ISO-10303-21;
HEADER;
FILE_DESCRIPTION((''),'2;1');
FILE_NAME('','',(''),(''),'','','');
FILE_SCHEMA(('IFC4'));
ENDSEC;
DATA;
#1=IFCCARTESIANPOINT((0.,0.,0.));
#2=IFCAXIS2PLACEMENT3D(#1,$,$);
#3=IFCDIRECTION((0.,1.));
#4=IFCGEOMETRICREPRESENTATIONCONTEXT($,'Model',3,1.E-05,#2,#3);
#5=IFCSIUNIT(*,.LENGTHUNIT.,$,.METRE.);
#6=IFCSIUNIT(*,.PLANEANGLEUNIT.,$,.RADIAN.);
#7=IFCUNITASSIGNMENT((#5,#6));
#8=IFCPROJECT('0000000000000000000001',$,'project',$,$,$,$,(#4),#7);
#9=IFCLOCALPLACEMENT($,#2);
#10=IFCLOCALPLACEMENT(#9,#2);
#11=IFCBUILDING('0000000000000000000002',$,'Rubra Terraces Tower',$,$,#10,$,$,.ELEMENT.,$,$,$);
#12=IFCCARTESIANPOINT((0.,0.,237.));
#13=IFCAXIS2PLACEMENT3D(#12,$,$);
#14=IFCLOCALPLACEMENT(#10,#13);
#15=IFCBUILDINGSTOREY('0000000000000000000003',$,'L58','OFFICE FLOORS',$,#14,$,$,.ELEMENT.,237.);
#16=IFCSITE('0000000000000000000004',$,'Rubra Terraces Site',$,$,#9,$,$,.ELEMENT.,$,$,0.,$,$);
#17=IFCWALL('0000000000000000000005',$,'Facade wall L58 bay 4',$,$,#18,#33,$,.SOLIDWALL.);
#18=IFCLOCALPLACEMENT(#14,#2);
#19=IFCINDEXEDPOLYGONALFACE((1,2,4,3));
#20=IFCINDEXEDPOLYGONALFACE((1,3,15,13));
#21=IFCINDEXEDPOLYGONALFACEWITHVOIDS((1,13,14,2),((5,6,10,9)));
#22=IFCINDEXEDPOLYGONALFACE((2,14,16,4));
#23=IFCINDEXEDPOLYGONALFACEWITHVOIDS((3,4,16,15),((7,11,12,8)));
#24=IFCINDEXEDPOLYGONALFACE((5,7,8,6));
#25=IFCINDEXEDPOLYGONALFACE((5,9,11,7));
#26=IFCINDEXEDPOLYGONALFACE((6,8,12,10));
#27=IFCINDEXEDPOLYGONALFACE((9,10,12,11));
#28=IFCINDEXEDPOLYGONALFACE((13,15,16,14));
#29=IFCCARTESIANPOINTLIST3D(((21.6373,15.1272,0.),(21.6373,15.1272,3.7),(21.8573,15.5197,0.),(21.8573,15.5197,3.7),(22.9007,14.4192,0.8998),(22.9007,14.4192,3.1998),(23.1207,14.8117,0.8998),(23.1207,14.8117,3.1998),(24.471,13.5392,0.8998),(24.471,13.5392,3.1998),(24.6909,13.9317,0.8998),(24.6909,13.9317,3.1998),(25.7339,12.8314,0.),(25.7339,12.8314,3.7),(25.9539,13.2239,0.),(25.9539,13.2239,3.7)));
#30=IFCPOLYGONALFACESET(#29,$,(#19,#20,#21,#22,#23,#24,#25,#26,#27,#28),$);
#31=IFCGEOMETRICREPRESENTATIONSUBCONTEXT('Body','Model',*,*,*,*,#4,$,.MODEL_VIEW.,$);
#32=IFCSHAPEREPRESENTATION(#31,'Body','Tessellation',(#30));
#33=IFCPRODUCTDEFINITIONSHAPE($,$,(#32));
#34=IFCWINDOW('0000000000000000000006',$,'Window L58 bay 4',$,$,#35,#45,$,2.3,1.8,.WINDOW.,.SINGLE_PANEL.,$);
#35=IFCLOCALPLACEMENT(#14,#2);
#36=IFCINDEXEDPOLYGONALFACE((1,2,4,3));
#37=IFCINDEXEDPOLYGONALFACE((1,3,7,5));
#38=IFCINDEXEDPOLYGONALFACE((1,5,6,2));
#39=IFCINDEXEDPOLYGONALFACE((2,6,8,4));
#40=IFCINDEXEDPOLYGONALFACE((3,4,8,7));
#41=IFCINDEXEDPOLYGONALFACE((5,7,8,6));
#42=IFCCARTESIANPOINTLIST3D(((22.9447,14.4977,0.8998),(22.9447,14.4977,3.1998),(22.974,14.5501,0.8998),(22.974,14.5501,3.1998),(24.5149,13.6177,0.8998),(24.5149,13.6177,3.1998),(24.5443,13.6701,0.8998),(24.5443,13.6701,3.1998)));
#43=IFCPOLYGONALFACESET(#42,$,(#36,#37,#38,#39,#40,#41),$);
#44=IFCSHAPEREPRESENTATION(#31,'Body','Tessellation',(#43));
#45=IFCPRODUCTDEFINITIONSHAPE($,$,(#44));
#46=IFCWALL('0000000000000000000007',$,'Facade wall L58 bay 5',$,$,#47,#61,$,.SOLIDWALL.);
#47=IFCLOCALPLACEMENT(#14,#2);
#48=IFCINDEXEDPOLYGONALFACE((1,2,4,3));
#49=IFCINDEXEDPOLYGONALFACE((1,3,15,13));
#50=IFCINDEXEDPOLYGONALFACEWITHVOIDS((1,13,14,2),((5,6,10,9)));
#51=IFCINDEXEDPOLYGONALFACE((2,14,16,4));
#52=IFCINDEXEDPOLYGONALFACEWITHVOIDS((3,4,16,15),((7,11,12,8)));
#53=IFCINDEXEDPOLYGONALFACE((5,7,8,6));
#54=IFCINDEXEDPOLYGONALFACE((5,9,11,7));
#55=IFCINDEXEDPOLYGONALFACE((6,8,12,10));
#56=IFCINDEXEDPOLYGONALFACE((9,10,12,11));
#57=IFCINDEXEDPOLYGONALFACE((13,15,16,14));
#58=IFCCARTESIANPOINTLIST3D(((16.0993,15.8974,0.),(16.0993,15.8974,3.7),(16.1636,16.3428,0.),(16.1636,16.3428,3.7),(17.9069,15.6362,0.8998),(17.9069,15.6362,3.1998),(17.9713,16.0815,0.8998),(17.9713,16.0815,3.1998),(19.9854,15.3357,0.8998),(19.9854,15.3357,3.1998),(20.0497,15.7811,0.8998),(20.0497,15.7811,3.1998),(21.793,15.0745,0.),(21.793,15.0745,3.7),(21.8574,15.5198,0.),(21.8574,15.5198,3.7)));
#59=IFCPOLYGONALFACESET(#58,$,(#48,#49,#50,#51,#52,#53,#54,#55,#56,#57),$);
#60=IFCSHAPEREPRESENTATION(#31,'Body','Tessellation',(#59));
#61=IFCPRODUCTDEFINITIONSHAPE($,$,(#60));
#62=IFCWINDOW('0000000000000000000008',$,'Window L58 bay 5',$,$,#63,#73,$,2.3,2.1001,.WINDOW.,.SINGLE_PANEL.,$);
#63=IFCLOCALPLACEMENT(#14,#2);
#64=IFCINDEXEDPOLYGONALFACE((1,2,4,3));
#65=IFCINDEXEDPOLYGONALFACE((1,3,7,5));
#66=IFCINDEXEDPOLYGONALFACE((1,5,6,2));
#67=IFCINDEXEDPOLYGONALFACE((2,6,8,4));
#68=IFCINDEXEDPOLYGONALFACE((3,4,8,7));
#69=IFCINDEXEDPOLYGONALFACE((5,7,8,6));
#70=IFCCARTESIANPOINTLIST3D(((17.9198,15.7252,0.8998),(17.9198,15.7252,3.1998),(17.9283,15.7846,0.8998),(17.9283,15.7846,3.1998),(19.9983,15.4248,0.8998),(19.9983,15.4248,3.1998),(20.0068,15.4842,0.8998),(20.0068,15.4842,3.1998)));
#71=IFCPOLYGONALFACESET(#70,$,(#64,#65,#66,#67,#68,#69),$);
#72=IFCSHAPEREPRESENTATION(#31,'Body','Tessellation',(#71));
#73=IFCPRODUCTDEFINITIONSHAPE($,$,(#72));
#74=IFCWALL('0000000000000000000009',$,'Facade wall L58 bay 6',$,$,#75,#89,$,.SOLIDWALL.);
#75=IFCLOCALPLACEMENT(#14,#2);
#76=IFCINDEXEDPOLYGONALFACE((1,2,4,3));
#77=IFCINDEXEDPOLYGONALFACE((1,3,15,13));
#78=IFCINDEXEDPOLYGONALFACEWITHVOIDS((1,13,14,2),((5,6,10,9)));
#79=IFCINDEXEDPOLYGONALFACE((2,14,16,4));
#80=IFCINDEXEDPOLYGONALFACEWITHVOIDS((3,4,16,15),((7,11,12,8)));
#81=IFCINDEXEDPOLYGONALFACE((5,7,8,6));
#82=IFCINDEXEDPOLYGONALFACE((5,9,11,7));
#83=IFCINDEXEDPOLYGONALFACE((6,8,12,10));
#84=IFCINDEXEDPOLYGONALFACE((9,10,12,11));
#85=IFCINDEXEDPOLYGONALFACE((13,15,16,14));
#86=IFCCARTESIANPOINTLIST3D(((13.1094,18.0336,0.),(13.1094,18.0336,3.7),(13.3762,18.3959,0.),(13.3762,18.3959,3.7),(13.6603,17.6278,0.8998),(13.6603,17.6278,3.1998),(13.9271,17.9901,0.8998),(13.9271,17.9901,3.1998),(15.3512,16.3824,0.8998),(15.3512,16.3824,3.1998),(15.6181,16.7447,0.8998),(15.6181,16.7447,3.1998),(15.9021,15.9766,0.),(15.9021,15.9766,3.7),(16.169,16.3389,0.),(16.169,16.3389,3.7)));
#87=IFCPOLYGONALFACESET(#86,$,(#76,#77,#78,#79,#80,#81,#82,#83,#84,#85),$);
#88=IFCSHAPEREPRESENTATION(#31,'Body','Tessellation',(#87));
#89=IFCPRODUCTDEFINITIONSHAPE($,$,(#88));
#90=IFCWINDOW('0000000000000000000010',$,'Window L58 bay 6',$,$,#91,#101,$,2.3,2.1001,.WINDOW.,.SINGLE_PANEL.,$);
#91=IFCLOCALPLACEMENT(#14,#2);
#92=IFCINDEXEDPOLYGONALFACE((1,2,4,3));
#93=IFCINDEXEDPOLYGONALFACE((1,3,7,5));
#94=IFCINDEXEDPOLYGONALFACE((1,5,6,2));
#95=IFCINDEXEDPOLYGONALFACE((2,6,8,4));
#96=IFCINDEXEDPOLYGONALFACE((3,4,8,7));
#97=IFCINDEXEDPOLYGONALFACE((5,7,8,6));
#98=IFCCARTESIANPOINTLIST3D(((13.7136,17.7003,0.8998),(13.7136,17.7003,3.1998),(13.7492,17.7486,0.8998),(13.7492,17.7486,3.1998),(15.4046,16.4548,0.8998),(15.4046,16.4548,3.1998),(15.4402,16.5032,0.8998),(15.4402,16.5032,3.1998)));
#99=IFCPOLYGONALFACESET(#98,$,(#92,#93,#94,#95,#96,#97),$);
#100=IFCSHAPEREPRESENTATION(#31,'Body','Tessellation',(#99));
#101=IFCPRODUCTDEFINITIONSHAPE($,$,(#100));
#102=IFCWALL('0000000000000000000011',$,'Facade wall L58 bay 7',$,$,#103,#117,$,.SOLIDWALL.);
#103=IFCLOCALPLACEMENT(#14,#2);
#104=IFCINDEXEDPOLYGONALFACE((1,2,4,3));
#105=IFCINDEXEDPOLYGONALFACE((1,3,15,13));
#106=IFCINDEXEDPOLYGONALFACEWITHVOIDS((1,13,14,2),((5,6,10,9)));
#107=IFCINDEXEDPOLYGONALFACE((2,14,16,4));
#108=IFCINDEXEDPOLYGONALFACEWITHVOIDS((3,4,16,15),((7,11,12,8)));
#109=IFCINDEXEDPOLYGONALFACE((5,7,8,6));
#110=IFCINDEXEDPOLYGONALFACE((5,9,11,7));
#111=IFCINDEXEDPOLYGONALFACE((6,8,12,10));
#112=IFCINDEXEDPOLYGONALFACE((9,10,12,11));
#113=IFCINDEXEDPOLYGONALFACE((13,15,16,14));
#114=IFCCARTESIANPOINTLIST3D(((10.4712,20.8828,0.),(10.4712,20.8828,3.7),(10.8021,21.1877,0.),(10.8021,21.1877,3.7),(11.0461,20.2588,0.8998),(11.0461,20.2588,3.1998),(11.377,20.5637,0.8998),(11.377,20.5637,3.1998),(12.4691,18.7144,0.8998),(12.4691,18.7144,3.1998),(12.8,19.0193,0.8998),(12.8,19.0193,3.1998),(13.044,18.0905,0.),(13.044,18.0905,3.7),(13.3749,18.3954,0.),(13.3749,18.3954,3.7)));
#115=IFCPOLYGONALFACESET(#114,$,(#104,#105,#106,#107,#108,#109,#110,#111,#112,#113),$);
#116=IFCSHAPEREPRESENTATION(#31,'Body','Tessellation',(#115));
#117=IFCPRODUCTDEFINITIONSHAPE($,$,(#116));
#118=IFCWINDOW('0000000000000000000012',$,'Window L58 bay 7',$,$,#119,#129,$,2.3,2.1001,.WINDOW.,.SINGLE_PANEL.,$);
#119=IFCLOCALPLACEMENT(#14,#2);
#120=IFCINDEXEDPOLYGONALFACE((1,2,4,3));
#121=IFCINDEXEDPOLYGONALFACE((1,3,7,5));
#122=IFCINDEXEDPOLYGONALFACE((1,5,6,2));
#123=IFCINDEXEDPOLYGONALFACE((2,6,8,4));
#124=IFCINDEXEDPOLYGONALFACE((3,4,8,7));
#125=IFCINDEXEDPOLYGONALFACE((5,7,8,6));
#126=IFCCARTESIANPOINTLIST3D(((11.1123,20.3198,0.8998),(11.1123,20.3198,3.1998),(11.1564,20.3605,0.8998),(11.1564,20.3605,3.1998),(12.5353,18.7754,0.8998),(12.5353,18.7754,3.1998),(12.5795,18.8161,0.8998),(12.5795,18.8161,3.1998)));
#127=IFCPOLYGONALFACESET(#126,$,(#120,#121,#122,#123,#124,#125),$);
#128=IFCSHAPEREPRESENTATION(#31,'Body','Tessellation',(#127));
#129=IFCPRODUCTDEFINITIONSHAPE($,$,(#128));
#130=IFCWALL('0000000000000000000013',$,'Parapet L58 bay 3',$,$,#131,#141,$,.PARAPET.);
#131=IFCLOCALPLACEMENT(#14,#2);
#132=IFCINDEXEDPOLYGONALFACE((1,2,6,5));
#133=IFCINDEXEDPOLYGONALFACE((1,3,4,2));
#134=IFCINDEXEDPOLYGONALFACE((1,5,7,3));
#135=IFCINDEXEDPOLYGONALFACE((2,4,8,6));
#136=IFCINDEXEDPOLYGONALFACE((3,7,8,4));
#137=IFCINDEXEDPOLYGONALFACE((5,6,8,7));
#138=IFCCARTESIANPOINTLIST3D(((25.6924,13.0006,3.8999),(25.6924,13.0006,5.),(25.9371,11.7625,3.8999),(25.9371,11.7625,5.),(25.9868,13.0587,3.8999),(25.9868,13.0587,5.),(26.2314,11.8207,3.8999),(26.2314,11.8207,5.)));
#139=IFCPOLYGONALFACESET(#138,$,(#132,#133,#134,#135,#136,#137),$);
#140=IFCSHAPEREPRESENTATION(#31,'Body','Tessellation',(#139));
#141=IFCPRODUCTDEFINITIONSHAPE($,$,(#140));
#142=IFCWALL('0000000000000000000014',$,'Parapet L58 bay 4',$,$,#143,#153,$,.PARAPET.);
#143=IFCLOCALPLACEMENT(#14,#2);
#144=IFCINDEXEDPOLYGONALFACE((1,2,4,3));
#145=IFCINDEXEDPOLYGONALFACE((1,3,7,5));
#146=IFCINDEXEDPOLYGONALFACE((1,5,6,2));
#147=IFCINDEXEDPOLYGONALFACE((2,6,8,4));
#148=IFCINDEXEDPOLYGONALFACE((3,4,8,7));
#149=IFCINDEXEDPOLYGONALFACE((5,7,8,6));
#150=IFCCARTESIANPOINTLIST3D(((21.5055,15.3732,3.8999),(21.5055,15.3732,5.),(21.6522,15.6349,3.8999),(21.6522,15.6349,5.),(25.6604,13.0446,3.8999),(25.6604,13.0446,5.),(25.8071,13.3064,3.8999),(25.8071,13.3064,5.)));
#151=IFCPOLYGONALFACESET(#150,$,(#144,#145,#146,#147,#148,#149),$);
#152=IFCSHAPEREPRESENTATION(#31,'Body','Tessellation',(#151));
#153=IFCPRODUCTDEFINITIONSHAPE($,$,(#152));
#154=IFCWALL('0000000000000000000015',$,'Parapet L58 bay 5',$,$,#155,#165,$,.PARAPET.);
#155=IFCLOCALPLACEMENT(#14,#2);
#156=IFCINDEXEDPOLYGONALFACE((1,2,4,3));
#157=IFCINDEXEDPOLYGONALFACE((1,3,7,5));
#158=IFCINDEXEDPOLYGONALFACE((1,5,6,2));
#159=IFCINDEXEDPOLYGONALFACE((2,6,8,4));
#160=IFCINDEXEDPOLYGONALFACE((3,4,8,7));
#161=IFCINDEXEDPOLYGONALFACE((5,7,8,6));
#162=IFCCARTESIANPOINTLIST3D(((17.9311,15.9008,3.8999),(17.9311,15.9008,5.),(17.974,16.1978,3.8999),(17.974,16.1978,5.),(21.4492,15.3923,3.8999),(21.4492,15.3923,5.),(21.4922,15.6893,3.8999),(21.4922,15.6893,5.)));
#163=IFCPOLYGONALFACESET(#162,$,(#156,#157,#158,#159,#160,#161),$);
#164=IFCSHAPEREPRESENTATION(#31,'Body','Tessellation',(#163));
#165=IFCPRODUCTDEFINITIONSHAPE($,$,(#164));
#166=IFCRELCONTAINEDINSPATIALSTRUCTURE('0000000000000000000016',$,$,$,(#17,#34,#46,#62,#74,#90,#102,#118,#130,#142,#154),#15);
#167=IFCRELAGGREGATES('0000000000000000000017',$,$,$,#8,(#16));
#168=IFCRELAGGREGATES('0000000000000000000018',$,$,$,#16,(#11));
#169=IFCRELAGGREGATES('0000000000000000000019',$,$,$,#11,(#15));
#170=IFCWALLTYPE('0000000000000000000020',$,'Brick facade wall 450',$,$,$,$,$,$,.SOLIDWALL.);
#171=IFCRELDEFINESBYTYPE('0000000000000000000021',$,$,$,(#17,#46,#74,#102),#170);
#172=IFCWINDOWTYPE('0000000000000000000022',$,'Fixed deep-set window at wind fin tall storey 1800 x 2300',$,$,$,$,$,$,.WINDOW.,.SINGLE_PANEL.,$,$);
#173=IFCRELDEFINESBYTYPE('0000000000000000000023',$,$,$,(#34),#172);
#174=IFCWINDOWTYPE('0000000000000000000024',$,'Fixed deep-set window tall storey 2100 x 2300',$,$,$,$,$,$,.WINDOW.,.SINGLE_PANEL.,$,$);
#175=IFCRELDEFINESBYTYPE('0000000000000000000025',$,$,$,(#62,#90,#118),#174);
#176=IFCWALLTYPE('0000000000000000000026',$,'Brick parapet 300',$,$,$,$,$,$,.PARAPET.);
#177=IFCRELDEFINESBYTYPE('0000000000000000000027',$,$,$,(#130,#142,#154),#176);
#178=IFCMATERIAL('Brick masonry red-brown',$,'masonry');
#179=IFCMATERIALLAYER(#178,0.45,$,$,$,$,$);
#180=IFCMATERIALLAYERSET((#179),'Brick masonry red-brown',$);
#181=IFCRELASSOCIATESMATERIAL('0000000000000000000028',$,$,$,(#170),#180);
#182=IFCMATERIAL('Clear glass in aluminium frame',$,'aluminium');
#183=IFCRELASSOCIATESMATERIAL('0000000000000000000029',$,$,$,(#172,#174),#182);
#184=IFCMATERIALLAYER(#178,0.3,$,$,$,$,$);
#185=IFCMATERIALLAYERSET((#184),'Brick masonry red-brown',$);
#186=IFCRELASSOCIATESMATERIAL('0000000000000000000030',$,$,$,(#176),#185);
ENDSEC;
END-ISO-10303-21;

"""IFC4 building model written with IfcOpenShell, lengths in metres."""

from ifc_helpers import new_model, si_unit, direction, frame, frame_2d, origin, place, context, subcontext, project, spatial, rectangle, extrude, material, layer, layer_set, type_object, element, fill, save


model = new_model("IFC4")

# Units and contexts
model_context = context("Model", 3, precision=1e-05, world=origin(), true_north=direction((0.0, 1.0)))
body_context = subcontext(model_context, "Body", "Model", "MODEL_VIEW")
ifc_project = project(units=[si_unit("LENGTHUNIT", "METRE"), si_unit("PLANEANGLEUNIT", "RADIAN")], contexts=[model_context])

# Site, building, storey
site_placement = place(None, origin())
site = spatial("IfcSite", under=ifc_project, at=site_placement, Name="Rubra Terraces Site", CompositionType="ELEMENT", RefElevation=0.0)
building_placement = place(site_placement, origin())
building = spatial("IfcBuilding", under=site, at=building_placement, Name="Rubra Terraces Tower", CompositionType="ELEMENT")
storey_placement = place(building_placement, frame((0.0, 0.0, 237.0)))
storey = spatial("IfcBuildingStorey", under=building, at=storey_placement, Name="L58", Description="OFFICE FLOORS", CompositionType="ELEMENT", Elevation=237.0)

# Walls, openings, windows
ifc_material_1 = material(Name="Brick masonry red-brown", Category="masonry")
ifc_layer_1 = layer(ifc_material_1, 0.45)
ifc_layer_set_1 = layer_set([ifc_layer_1], Name="Brick masonry red-brown")
wall_type_1 = type_object("IfcWallType", Name="Brick facade wall 450", PredefinedType="SOLIDWALL", material=ifc_layer_set_1)
wall_1_placement = place(storey_placement, frame((25.844, 13.0276, 0.0), z_axis=(0.0, 0.0, 1.0), x_axis=(-0.872346, 0.488888, 0.0)))
wall_1 = element("IfcWall", 1, at=wall_1_placement, inside=storey, type_object=wall_type_1, Name="Facade wall L58 bay 4", PredefinedType="SOLIDWALL", context=body_context, shape_type="SweptSolid", body=[
    extrude(rectangle(XDim=4.696, YDim=0.45, at=frame_2d((2.3481, 0.0))), origin(), (0.0, 0.0, 1.0), 3.7),
])
opening_1_placement = place(wall_1_placement, frame((1.448, 0.0, 0.8999)))
opening_1 = element("IfcOpeningElement", 2, at=opening_1_placement, cuts=wall_1, PredefinedType="OPENING", context=body_context, shape_type="SweptSolid", body=[
    extrude(rectangle(XDim=1.8, YDim=2.3, at=frame_2d((0.8999, 1.1499))), frame((0.0, 0.2349, 0.0), z_axis=(0.0, -1.0, 0.0), x_axis=(1.0, 0.0, 0.0)), (0.0, 0.0, 1.0), 0.47),
])
ifc_material_2 = material(Name="Clear glass in aluminium frame", Category="aluminium")
window_type_1 = type_object("IfcWindowType", Name="Fixed deep-set window at wind fin tall storey 1800 x 2300", PartitioningType="SINGLE_PANEL", PredefinedType="WINDOW", material=ifc_material_2)
window_1_placement = place(opening_1_placement, origin())
window_1 = element("IfcWindow", 3, at=window_1_placement, inside=storey, type_object=window_type_1, Name="Window L58 bay 4", OverallHeight=2.3, OverallWidth=1.8, PartitioningType="SINGLE_PANEL", PredefinedType="WINDOW", context=body_context, shape_type="SweptSolid", body=[
    extrude(rectangle(XDim=1.8, YDim=2.3, at=frame_2d((0.8999, 1.1499))), frame((0.0, 0.135, 0.0), z_axis=(0.0, -1.0, 0.0), x_axis=(1.0, 0.0, 0.0)), (0.0, 0.0, 1.0), 0.0601),
])
fill(opening_1, window_1)
wall_2_placement = place(storey_placement, frame((21.8252, 15.2971, 0.0), z_axis=(0.0, 0.0, 1.0), x_axis=(-0.989715, 0.143055, 0.0)))
wall_2 = element("IfcWall", 4, at=wall_2_placement, inside=storey, type_object=wall_type_1, Name="Facade wall L58 bay 5", PredefinedType="SOLIDWALL", context=body_context, shape_type="SweptSolid", body=[
    extrude(rectangle(XDim=5.7529, YDim=0.45, at=frame_2d((2.8765, 0.0))), origin(), (0.0, 0.0, 1.0), 3.7),
])
opening_2_placement = place(wall_2_placement, frame((1.8264, 0.0, 0.8999)))
opening_2 = element("IfcOpeningElement", 5, at=opening_2_placement, cuts=wall_2, PredefinedType="OPENING", context=body_context, shape_type="SweptSolid", body=[
    extrude(rectangle(XDim=2.1001, YDim=2.3, at=frame_2d((1.05, 1.1499))), frame((0.0, 0.2349, 0.0), z_axis=(0.0, -1.0, 0.0), x_axis=(1.0, 0.0, 0.0)), (0.0, 0.0, 1.0), 0.47),
])
window_type_2 = type_object("IfcWindowType", Name="Fixed deep-set window tall storey 2100 x 2300", PartitioningType="SINGLE_PANEL", PredefinedType="WINDOW", material=ifc_material_2)
window_2_placement = place(opening_2_placement, origin())
window_2 = element("IfcWindow", 6, at=window_2_placement, inside=storey, type_object=window_type_2, Name="Window L58 bay 5", OverallHeight=2.3, OverallWidth=2.1001, PartitioningType="SINGLE_PANEL", PredefinedType="WINDOW", context=body_context, shape_type="SweptSolid", body=[
    extrude(rectangle(XDim=2.1001, YDim=2.3, at=frame_2d((1.05, 1.1499))), frame((0.0, 0.135, 0.0), z_axis=(0.0, -1.0, 0.0), x_axis=(1.0, 0.0, 0.0)), (0.0, 0.0, 1.0), 0.0601),
])
fill(opening_2, window_2)
wall_3_placement = place(storey_placement, frame((16.0356, 16.1577, 0.0), z_axis=(0.0, 0.0, 1.0), x_axis=(-0.805181, 0.593029, 0.0)))
wall_3 = element("IfcWall", 7, at=wall_3_placement, inside=storey, type_object=wall_type_1, Name="Facade wall L58 bay 6", PredefinedType="SOLIDWALL", context=body_context, shape_type="SweptSolid", body=[
    extrude(rectangle(XDim=3.4685, YDim=0.45, at=frame_2d((1.7344, 0.0))), origin(), (0.0, 0.0, 1.0), 3.7),
])
opening_3_placement = place(wall_3_placement, frame((0.6843, 0.0, 0.8999)))
opening_3 = element("IfcOpeningElement", 8, at=opening_3_placement, cuts=wall_3, PredefinedType="OPENING", context=body_context, shape_type="SweptSolid", body=[
    extrude(rectangle(XDim=2.1001, YDim=2.3, at=frame_2d((1.05, 1.1499))), frame((0.0, 0.2349, 0.0), z_axis=(0.0, -1.0, 0.0), x_axis=(1.0, 0.0, 0.0)), (0.0, 0.0, 1.0), 0.47),
])
window_3_placement = place(opening_3_placement, origin())
window_3 = element("IfcWindow", 9, at=window_3_placement, inside=storey, type_object=window_type_2, Name="Window L58 bay 6", OverallHeight=2.3, OverallWidth=2.1001, PartitioningType="SINGLE_PANEL", PredefinedType="WINDOW", context=body_context, shape_type="SweptSolid", body=[
    extrude(rectangle(XDim=2.1001, YDim=2.3, at=frame_2d((1.05, 1.1499))), frame((0.0, 0.135, 0.0), z_axis=(0.0, -1.0, 0.0), x_axis=(1.0, 0.0, 0.0)), (0.0, 0.0, 1.0), 0.0601),
])
fill(opening_3, window_3)
wall_4_placement = place(storey_placement, frame((13.2095, 18.2429, 0.0), z_axis=(0.0, 0.0, 1.0), x_axis=(-0.677612, 0.735419, 0.0)))
wall_4 = element("IfcWall", 10, at=wall_4_placement, inside=storey, type_object=wall_type_1, Name="Facade wall L58 bay 7", PredefinedType="SOLIDWALL", context=body_context, shape_type="SweptSolid", body=[
    extrude(rectangle(XDim=3.7969, YDim=0.45, at=frame_2d((1.8984, 0.0))), origin(), (0.0, 0.0, 1.0), 3.7),
])
opening_4_placement = place(wall_4_placement, frame((0.8484, 0.0, 0.8999)))
opening_4 = element("IfcOpeningElement", 11, at=opening_4_placement, cuts=wall_4, PredefinedType="OPENING", context=body_context, shape_type="SweptSolid", body=[
    extrude(rectangle(XDim=2.1001, YDim=2.3, at=frame_2d((1.05, 1.1499))), frame((0.0, 0.2349, 0.0), z_axis=(0.0, -1.0, 0.0), x_axis=(1.0, 0.0, 0.0)), (0.0, 0.0, 1.0), 0.47),
])
window_4_placement = place(opening_4_placement, origin())
window_4 = element("IfcWindow", 12, at=window_4_placement, inside=storey, type_object=window_type_2, Name="Window L58 bay 7", OverallHeight=2.3, OverallWidth=2.1001, PartitioningType="SINGLE_PANEL", PredefinedType="WINDOW", context=body_context, shape_type="SweptSolid", body=[
    extrude(rectangle(XDim=2.1001, YDim=2.3, at=frame_2d((1.05, 1.1499))), frame((0.0, 0.135, 0.0), z_axis=(0.0, -1.0, 0.0), x_axis=(1.0, 0.0, 0.0)), (0.0, 0.0, 1.0), 0.0601),
])
fill(opening_4, window_4)

# Walls
ifc_layer_2 = layer(ifc_material_1, 0.3)
ifc_layer_set_2 = layer_set([ifc_layer_2], Name="Brick masonry red-brown")
wall_type_2 = type_object("IfcWallType", Name="Brick parapet 300", PredefinedType="PARAPET", material=ifc_layer_set_2)
wall_5_placement = place(storey_placement, frame((26.0842, 11.7917, 3.8999), z_axis=(0.0, 0.0, 1.0), x_axis=(-0.193846, 0.981032, 0.0)))
element("IfcWall", 13, at=wall_5_placement, inside=storey, type_object=wall_type_2, Name="Parapet L58 bay 3", PredefinedType="PARAPET", context=body_context, shape_type="SweptSolid", body=[
    extrude(rectangle(XDim=1.262, YDim=0.3, at=frame_2d((0.6309, 0.0))), origin(), (0.0, 0.0, 1.0), 1.1001),
])
wall_6_placement = place(storey_placement, frame((25.7336, 13.1755, 3.8999), z_axis=(0.0, 0.0, 1.0), x_axis=(-0.872345, 0.488891, 0.0)))
element("IfcWall", 14, at=wall_6_placement, inside=storey, type_object=wall_type_2, Name="Parapet L58 bay 4", PredefinedType="PARAPET", context=body_context, shape_type="SweptSolid", body=[
    extrude(rectangle(XDim=4.7629, YDim=0.3, at=frame_2d((2.3813, 0.0))), origin(), (0.0, 0.0, 1.0), 1.1001),
])
wall_7_placement = place(storey_placement, frame((21.4707, 15.5408, 3.8999), z_axis=(0.0, 0.0, 1.0), x_axis=(-0.989713, 0.143065, 0.0)))
element("IfcWall", 15, at=wall_7_placement, inside=storey, type_object=wall_type_2, Name="Parapet L58 bay 5", PredefinedType="PARAPET", context=body_context, shape_type="SweptSolid", body=[
    extrude(rectangle(XDim=3.5547, YDim=0.3, at=frame_2d((1.7773, 0.0))), origin(), (0.0, 0.0, 1.0), 1.1001),
])

save(model, "model.ifc")
